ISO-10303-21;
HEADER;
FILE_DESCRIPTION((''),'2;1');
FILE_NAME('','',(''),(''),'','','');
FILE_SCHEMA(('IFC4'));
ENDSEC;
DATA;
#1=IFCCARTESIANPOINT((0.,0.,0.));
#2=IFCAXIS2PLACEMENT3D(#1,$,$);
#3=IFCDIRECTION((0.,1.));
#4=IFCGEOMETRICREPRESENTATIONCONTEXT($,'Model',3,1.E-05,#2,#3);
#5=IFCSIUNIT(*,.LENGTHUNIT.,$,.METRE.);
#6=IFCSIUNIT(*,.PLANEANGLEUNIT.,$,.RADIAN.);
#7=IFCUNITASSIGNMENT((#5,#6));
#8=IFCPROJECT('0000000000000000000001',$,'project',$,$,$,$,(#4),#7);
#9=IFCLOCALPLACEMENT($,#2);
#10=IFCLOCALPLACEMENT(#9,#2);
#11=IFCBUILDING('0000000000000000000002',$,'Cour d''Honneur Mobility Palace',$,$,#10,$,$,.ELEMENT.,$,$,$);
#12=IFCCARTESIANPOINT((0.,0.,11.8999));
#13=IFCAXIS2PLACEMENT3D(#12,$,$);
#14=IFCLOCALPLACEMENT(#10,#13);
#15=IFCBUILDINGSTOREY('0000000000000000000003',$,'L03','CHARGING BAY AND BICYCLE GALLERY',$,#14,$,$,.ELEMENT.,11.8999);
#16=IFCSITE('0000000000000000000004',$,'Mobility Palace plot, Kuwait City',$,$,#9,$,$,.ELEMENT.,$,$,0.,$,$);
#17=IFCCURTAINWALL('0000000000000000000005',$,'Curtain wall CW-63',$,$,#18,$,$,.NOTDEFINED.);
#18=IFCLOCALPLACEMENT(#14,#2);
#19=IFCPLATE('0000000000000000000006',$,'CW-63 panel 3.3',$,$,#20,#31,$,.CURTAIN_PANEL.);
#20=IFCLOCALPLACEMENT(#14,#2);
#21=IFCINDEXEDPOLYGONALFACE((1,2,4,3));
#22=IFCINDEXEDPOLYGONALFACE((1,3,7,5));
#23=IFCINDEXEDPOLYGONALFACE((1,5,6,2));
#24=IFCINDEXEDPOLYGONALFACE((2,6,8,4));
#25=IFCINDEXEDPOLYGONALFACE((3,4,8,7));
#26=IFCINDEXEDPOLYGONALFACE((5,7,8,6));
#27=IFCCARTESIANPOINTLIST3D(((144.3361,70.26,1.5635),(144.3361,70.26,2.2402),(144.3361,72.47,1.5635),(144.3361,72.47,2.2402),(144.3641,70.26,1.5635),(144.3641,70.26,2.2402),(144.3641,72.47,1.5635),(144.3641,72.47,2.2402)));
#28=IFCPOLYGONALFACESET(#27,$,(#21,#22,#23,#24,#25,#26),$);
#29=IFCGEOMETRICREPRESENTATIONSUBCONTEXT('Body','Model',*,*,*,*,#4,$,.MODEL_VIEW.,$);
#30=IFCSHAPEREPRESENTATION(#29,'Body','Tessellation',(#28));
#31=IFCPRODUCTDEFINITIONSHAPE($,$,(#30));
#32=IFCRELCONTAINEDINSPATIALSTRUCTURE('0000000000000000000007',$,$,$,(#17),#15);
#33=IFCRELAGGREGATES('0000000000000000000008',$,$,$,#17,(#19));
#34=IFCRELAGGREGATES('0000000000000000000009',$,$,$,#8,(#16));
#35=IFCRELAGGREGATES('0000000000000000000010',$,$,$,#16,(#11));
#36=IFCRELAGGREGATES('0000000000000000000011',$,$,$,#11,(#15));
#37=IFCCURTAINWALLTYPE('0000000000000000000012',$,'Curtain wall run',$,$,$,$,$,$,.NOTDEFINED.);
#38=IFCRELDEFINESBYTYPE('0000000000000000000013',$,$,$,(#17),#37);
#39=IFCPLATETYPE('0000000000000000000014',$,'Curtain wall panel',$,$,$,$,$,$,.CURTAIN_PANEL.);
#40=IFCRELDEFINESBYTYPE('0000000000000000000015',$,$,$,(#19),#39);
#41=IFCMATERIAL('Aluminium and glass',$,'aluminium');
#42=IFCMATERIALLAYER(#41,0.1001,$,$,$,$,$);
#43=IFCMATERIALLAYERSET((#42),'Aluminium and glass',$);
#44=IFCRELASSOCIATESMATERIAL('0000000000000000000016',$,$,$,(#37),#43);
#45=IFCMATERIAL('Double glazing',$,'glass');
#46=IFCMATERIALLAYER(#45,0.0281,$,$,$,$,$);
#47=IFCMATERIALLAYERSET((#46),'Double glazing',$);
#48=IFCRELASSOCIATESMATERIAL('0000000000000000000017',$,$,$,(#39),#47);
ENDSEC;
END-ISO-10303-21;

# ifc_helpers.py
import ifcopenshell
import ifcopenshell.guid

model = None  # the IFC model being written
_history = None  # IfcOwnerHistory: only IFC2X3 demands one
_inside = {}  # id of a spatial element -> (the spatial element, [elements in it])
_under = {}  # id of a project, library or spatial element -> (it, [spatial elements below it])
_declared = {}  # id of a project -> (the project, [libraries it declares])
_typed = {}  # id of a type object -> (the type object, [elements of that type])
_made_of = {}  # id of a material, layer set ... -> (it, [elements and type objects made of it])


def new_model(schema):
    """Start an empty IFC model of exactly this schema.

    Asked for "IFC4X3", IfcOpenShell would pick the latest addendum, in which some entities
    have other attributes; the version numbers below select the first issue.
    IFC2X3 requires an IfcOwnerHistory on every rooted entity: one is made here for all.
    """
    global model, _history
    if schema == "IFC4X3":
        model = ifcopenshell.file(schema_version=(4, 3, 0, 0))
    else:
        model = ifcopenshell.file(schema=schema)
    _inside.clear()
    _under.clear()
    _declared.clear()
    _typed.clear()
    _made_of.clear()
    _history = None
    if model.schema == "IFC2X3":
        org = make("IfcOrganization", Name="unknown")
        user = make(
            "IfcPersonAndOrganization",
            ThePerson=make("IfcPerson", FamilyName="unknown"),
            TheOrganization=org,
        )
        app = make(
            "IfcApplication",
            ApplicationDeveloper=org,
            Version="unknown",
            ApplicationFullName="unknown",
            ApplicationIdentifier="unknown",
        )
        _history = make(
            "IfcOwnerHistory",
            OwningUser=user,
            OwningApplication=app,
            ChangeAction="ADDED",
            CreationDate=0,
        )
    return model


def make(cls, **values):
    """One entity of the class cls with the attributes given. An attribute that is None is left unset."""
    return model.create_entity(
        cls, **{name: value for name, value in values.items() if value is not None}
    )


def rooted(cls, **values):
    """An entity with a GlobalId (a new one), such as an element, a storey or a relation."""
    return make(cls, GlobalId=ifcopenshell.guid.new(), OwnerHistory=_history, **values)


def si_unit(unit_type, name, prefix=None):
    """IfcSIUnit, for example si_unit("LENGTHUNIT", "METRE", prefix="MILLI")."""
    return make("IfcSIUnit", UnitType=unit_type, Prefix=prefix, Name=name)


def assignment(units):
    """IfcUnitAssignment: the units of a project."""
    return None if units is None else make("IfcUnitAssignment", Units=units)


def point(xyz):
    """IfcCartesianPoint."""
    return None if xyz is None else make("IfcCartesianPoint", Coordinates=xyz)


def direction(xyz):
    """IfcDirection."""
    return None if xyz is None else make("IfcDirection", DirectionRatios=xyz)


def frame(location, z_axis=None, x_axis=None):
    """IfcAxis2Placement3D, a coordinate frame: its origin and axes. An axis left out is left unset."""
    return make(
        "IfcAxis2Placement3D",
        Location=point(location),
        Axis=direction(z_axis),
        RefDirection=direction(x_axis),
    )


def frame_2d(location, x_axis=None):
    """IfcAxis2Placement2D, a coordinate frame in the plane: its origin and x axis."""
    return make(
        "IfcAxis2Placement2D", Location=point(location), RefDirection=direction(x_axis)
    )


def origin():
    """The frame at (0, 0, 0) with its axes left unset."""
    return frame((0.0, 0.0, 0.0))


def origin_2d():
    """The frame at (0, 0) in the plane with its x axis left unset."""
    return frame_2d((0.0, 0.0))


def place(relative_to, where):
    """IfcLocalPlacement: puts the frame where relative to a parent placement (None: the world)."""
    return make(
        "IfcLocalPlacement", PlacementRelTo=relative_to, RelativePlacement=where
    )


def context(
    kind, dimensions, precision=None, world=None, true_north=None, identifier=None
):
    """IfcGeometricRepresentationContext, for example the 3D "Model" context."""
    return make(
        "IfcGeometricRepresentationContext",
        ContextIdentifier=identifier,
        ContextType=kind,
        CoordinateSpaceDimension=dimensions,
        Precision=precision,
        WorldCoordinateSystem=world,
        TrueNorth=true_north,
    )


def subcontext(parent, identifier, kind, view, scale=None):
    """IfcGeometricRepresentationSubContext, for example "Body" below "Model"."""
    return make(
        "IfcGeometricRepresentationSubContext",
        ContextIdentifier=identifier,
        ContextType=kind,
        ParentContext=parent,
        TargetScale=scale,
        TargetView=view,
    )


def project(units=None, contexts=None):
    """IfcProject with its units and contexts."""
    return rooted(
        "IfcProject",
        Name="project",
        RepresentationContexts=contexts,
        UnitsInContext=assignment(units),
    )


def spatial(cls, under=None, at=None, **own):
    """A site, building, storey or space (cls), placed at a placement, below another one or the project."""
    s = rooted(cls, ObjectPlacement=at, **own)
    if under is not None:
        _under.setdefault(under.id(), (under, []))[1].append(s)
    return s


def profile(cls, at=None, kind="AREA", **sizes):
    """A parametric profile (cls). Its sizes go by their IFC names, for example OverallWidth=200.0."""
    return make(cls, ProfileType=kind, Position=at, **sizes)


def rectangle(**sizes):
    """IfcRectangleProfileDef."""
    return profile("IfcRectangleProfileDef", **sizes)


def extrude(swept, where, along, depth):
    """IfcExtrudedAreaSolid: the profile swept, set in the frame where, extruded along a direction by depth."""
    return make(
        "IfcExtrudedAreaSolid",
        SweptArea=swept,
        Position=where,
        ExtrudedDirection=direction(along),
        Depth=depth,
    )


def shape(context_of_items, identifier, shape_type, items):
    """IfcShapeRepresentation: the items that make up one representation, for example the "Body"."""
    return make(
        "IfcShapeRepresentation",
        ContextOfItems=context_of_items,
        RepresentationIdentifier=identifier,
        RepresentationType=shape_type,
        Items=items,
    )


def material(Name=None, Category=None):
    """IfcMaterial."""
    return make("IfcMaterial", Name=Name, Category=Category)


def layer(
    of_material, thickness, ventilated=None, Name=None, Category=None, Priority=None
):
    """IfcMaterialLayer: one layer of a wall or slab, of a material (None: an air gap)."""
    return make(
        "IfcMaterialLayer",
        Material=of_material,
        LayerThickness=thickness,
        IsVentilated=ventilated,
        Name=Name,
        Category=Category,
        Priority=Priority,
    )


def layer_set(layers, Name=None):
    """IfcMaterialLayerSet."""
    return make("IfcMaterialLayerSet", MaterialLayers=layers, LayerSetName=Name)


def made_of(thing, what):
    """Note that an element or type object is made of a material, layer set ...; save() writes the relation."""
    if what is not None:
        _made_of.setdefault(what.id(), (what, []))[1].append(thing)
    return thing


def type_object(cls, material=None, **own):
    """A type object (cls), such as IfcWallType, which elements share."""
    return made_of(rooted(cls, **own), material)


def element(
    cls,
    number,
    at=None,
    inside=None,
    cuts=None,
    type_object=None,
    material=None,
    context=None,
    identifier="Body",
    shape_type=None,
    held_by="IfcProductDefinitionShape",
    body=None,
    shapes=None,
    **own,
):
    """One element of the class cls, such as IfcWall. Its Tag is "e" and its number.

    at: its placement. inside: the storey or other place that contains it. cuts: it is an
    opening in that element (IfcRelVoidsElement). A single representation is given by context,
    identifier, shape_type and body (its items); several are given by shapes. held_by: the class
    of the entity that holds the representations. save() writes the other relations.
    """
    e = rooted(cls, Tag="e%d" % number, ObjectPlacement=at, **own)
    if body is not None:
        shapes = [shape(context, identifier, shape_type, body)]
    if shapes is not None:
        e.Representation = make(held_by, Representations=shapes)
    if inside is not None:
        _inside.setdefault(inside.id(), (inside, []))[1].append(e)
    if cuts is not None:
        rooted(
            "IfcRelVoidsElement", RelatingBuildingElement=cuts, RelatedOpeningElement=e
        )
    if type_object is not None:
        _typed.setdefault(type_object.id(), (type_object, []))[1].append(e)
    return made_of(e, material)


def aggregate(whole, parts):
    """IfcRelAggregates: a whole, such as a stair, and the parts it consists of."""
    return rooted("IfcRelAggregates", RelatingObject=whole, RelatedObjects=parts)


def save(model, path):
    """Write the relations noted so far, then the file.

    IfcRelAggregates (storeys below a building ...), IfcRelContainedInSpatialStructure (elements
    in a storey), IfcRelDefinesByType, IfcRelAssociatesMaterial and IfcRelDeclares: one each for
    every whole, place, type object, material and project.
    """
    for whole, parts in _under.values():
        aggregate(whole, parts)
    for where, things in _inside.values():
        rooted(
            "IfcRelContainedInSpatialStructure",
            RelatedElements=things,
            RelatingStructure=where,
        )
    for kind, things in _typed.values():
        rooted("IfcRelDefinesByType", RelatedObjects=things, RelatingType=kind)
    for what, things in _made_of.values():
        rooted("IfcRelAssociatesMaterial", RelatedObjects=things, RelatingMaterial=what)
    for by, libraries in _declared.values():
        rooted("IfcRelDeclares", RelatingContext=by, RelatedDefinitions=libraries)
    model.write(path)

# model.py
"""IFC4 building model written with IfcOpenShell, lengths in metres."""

from ifc_helpers import new_model, si_unit, direction, frame, origin, origin_2d, place, context, subcontext, project, spatial, rectangle, extrude, material, layer, layer_set, type_object, element, aggregate, save


model = new_model("IFC4")

# Units and contexts
model_context = context("Model", 3, precision=1e-05, world=origin(), true_north=direction((0.0, 1.0)))
body_context = subcontext(model_context, "Body", "Model", "MODEL_VIEW")
ifc_project = project(units=[si_unit("LENGTHUNIT", "METRE"), si_unit("PLANEANGLEUNIT", "RADIAN")], contexts=[model_context])

# Site, building, storey
site_placement = place(None, origin())
site = spatial("IfcSite", under=ifc_project, at=site_placement, Name="Mobility Palace plot, Kuwait City", CompositionType="ELEMENT", RefElevation=0.0)
building_placement = place(site_placement, origin())
building = spatial("IfcBuilding", under=site, at=building_placement, Name="Cour d'Honneur Mobility Palace", CompositionType="ELEMENT")
storey_placement = place(building_placement, frame((0.0, 0.0, 11.8999)))
storey = spatial("IfcBuildingStorey", under=building, at=storey_placement, Name="L03", Description="CHARGING BAY AND BICYCLE GALLERY", CompositionType="ELEMENT", Elevation=11.8999)

# Shared definitions
ifc_material_1 = material(Name="Aluminium and glass", Category="aluminium")
ifc_layer_1 = layer(ifc_material_1, 0.1001)
ifc_layer_set_1 = layer_set([ifc_layer_1], Name="Aluminium and glass")
curtain_wall_type = type_object("IfcCurtainWallType", Name="Curtain wall run", PredefinedType="NOTDEFINED", material=ifc_layer_set_1)

# Curtain wall
curtain_wall_1_placement = place(storey_placement, origin())
curtain_wall_1 = element("IfcCurtainWall", 1, at=curtain_wall_1_placement, inside=storey, type_object=curtain_wall_type, Name="Curtain wall CW-63", PredefinedType="NOTDEFINED")

# Plate
ifc_material_2 = material(Name="Double glazing", Category="glass")
ifc_layer_2 = layer(ifc_material_2, 0.0281)
ifc_layer_set_2 = layer_set([ifc_layer_2], Name="Double glazing")
plate_type = type_object("IfcPlateType", Name="Curtain wall panel", PredefinedType="CURTAIN_PANEL", material=ifc_layer_set_2)
plate_1_placement = place(storey_placement, frame((144.3501, 71.365, 1.5635), z_axis=(0.0, 0.0, 1.0), x_axis=(0.0, -1.0, 0.0)))
plate_1 = element("IfcPlate", 2, at=plate_1_placement, type_object=plate_type, Name="CW-63 panel 3.3", PredefinedType="CURTAIN_PANEL", context=body_context, shape_type="SweptSolid", body=[
    extrude(rectangle(XDim=2.21, YDim=0.0281, at=origin_2d()), origin(), (0.0, 0.0, 1.0), 0.6768),
])
aggregate(curtain_wall_1, [plate_1])

save(model, "model.ifc")
